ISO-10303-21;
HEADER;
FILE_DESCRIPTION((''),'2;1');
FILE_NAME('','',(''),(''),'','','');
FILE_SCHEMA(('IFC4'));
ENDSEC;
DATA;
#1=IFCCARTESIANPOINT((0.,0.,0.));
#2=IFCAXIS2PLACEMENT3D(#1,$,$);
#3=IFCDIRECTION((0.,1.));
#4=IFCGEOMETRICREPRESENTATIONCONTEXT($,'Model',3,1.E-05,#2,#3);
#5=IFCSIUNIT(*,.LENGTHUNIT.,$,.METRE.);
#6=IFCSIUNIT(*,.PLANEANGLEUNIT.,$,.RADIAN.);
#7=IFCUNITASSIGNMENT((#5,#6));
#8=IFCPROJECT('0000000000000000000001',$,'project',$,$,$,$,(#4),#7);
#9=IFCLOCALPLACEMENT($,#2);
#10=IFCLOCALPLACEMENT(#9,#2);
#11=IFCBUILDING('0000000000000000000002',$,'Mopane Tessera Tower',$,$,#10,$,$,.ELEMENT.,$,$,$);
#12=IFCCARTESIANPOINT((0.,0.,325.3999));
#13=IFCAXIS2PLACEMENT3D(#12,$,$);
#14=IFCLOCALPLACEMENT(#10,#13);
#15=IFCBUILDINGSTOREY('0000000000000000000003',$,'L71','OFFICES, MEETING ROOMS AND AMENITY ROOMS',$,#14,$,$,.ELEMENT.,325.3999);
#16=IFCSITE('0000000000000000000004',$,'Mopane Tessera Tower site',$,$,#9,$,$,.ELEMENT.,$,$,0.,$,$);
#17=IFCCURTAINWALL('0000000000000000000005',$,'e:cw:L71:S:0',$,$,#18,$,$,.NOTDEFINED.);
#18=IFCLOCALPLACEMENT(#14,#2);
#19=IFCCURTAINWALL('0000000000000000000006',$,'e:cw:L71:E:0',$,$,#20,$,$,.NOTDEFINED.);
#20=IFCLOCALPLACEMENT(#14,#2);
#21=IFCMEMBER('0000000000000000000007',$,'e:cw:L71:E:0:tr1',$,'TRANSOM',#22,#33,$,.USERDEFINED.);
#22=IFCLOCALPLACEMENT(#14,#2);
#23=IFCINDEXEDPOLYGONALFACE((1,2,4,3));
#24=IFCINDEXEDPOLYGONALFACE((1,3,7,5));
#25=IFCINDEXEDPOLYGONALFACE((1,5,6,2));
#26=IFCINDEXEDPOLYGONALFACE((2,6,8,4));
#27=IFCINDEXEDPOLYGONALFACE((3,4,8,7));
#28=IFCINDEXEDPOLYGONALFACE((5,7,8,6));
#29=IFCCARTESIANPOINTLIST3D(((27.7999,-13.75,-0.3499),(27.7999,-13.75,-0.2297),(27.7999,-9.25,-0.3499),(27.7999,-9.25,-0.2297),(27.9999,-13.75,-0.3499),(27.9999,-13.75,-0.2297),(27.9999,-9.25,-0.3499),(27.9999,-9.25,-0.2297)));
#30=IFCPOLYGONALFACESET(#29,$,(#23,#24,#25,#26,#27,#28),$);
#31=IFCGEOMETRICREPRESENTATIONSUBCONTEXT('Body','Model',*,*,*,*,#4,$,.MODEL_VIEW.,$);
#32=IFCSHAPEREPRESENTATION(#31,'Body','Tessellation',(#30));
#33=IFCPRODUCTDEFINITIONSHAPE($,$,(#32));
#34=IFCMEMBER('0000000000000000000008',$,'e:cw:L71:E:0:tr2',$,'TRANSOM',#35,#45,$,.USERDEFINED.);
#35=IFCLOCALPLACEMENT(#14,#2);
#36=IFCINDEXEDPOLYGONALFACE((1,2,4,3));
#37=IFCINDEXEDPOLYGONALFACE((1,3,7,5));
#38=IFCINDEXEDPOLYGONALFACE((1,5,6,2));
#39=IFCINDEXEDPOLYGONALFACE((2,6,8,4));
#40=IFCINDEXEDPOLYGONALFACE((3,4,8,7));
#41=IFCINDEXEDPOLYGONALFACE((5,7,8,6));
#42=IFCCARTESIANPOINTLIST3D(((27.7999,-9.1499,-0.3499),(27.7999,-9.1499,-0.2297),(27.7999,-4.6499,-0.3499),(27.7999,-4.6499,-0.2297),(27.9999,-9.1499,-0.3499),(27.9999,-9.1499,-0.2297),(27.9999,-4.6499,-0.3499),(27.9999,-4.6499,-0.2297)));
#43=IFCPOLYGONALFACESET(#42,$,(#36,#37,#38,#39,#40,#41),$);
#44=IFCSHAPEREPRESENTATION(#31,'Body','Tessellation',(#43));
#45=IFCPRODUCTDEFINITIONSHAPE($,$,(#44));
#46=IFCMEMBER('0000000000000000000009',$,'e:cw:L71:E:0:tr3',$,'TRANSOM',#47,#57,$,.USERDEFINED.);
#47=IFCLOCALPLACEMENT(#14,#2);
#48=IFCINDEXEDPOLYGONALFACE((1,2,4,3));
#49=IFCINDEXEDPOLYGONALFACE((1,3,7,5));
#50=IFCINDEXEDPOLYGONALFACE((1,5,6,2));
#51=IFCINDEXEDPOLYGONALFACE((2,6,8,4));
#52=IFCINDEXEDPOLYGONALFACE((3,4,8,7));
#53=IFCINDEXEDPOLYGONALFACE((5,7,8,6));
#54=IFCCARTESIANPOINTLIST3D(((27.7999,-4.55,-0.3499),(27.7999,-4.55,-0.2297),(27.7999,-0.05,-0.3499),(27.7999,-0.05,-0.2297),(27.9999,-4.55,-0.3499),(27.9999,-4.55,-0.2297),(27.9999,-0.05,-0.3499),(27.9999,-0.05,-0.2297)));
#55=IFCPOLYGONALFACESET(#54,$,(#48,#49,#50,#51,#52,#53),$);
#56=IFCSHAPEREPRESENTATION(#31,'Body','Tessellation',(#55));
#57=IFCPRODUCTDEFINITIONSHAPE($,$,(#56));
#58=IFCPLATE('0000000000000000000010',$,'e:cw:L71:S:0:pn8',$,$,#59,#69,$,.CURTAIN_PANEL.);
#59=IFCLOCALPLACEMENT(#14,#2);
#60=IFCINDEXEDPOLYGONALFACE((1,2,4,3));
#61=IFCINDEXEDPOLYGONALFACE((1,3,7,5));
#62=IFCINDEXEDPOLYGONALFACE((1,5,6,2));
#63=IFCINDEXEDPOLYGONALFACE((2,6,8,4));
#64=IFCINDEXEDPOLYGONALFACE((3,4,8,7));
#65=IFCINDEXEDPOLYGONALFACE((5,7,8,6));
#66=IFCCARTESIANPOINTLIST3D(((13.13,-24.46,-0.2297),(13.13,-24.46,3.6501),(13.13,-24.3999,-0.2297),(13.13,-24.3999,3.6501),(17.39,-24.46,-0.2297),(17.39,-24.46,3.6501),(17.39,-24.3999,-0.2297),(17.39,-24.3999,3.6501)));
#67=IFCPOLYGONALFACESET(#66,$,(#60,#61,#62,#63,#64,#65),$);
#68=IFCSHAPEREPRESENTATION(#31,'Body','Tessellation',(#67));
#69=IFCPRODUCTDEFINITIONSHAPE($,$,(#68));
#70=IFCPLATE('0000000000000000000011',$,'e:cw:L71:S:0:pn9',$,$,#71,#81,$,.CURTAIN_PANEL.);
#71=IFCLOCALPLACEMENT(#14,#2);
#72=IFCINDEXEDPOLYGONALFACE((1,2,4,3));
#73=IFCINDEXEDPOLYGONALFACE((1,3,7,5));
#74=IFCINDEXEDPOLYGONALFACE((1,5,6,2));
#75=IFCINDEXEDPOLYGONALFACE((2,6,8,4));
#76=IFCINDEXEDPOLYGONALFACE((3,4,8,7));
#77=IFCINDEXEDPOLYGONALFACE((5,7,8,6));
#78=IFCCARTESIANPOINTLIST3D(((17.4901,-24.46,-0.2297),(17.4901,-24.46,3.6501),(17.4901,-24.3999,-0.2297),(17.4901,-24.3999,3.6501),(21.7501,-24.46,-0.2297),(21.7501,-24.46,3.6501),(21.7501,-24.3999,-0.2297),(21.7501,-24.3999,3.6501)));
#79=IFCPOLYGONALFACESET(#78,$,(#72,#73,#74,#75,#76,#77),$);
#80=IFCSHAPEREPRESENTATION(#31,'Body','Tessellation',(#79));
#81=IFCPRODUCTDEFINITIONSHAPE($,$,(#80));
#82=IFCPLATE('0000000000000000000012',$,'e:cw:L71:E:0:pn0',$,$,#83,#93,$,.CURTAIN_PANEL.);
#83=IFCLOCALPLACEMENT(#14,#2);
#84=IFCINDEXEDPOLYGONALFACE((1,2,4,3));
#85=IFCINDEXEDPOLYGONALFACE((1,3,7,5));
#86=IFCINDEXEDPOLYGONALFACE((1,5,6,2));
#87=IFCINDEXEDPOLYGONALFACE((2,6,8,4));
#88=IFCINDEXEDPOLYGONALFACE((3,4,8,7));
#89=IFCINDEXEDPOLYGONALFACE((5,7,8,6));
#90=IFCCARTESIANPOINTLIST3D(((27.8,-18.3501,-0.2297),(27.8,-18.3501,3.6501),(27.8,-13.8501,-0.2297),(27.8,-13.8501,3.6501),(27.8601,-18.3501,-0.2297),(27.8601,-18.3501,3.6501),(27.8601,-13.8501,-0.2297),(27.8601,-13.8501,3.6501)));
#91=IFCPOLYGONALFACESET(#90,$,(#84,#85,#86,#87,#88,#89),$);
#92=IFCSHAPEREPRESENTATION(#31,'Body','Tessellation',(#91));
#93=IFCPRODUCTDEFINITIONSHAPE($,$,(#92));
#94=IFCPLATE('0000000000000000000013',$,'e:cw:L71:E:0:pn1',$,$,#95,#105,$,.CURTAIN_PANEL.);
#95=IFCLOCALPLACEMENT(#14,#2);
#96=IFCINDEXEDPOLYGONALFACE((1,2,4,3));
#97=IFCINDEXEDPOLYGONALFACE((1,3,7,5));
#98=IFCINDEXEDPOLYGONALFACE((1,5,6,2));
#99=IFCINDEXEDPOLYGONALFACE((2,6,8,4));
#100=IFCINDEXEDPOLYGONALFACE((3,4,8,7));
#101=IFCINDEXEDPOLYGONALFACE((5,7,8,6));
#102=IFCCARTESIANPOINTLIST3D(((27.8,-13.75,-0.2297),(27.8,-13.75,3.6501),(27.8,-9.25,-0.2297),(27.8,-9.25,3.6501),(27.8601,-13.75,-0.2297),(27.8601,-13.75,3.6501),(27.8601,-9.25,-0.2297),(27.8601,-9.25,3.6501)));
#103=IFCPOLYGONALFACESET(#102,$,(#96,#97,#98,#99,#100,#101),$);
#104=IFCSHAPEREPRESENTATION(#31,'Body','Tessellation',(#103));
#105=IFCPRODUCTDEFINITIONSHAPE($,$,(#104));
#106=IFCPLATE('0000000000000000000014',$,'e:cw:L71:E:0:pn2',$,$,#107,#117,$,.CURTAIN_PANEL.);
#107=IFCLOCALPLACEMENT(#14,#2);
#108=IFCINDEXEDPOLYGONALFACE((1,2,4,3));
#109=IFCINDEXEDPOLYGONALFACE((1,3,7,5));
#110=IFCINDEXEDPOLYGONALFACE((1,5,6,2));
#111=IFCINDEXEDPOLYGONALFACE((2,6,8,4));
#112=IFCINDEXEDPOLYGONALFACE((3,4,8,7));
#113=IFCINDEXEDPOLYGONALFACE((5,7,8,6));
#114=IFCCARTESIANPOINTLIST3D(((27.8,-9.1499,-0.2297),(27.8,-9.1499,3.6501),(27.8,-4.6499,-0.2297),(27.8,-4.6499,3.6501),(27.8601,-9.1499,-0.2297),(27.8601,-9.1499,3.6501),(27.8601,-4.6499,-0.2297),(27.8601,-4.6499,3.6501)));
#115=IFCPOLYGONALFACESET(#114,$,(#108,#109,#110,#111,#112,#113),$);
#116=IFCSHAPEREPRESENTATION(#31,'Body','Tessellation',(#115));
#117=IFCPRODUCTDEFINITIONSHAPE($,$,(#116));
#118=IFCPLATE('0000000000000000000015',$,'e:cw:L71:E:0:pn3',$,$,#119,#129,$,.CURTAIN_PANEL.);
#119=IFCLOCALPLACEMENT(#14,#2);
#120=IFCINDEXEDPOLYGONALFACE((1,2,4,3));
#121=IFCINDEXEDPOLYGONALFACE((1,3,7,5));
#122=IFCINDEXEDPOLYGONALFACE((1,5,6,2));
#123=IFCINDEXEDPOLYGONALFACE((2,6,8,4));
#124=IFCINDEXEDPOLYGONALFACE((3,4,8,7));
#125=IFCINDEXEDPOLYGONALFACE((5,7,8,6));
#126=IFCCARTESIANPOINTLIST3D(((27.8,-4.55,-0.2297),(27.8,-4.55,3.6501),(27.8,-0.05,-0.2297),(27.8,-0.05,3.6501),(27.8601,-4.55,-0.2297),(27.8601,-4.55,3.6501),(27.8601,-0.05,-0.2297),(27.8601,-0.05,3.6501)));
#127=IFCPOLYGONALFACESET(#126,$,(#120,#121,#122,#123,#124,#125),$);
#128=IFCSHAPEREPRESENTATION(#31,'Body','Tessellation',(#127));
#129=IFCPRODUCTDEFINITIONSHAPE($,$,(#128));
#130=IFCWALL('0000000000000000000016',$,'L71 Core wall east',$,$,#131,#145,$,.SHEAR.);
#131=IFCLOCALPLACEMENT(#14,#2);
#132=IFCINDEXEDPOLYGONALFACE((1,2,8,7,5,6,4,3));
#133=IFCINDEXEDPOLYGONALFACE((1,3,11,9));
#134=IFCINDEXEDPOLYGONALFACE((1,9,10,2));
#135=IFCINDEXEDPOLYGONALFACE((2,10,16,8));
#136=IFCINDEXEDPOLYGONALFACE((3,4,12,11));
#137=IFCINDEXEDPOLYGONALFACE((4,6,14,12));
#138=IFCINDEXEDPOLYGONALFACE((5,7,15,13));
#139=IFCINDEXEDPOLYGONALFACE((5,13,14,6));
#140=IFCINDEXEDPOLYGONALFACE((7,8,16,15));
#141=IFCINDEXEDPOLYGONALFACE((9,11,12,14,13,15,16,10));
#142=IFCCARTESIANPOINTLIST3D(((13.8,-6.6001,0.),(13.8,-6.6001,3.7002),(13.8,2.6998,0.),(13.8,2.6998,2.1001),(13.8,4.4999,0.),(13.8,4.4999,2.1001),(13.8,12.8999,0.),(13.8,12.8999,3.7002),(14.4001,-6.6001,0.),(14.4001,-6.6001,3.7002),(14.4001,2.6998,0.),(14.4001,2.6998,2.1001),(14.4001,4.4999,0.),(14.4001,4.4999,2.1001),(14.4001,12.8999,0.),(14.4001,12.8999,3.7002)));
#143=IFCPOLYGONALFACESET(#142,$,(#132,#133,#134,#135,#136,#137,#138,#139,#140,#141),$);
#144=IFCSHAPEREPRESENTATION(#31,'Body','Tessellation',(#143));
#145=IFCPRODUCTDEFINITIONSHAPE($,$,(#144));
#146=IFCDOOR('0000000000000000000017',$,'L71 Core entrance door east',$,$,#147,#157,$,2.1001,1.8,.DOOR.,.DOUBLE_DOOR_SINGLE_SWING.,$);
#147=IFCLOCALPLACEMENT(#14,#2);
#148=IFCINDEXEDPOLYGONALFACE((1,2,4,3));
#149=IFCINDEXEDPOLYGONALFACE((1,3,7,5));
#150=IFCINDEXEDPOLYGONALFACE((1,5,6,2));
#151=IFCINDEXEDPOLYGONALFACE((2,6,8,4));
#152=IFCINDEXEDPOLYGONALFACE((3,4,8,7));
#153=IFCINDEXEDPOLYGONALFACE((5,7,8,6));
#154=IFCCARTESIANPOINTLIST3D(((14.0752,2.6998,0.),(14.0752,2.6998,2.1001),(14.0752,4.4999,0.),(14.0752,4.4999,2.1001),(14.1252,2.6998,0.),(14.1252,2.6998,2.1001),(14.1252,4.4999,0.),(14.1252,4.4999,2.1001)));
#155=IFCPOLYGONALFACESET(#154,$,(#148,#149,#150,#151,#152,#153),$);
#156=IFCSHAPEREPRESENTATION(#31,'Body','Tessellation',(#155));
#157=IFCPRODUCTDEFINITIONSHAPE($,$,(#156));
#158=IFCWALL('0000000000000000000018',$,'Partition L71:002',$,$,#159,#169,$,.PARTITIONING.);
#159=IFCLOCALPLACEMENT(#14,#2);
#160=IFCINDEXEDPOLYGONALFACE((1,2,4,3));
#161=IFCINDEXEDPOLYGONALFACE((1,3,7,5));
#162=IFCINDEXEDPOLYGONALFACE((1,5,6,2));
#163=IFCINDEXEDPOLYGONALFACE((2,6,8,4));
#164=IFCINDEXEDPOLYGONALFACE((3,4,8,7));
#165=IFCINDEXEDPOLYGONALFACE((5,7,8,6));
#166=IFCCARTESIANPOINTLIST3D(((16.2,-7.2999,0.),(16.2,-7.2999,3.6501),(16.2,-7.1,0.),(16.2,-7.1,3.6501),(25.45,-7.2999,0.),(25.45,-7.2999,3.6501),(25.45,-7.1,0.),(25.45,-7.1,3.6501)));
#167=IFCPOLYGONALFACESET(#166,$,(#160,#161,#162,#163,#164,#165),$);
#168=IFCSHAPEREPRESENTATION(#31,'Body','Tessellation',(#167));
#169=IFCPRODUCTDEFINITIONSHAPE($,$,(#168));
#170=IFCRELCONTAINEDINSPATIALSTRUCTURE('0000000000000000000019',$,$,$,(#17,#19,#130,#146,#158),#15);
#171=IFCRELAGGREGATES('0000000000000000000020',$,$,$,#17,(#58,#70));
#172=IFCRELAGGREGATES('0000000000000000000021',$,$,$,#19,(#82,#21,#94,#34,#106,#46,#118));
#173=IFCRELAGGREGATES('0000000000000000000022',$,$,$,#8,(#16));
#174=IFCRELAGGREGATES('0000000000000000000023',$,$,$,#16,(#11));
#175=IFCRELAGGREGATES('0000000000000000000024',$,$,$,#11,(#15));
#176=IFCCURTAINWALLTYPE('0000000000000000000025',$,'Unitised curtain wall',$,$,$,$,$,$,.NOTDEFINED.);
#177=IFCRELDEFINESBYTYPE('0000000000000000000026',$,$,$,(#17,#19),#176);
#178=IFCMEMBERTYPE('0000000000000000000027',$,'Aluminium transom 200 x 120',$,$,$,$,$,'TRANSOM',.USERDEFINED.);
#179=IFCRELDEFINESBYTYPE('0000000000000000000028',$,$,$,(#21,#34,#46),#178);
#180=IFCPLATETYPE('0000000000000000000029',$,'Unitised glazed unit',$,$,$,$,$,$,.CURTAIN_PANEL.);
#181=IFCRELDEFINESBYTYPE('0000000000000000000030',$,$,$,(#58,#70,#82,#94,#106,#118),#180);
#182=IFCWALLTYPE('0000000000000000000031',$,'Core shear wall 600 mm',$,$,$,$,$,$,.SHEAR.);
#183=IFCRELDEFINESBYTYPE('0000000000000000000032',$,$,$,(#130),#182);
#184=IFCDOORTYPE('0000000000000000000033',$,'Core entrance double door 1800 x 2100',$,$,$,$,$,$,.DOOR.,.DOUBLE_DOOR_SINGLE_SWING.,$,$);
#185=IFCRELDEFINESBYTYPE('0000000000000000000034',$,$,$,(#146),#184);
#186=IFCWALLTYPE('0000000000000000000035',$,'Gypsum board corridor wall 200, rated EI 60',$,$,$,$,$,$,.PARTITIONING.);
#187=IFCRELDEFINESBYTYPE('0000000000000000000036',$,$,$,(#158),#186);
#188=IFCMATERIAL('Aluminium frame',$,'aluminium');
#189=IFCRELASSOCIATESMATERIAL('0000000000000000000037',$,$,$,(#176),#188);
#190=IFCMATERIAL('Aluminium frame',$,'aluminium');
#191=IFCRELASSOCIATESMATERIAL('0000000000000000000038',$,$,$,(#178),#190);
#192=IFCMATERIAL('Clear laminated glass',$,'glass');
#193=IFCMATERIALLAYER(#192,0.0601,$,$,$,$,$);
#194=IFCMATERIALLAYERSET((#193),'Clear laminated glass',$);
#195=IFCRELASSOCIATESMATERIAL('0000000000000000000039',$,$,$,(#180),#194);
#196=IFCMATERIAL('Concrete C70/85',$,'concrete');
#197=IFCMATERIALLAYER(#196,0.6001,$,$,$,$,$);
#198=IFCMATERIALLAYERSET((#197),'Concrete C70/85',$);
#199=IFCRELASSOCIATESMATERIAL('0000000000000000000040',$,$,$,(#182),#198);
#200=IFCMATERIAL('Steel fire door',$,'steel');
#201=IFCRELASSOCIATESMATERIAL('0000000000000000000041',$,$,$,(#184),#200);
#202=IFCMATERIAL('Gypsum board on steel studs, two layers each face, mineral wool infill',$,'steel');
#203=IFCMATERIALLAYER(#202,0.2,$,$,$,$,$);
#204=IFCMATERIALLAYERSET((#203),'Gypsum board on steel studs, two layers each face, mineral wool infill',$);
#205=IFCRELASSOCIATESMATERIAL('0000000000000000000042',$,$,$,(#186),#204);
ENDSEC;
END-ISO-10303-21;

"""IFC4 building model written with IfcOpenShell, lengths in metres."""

from ifc_helpers import new_model, si_unit, direction, frame, frame_2d, origin, origin_2d, place, context, subcontext, project, spatial, rectangle, extrude, material, layer, layer_set, material_profile, profile_set, type_object, element, fill, aggregate, save


model = new_model("IFC4")

# Units and contexts
model_context = context("Model", 3, precision=1e-05, world=origin(), true_north=direction((0.0, 1.0)))
body_context = subcontext(model_context, "Body", "Model", "MODEL_VIEW")
ifc_project = project(units=[si_unit("LENGTHUNIT", "METRE"), si_unit("PLANEANGLEUNIT", "RADIAN")], contexts=[model_context])

# Site, building, storey
site_placement = place(None, origin())
site = spatial("IfcSite", under=ifc_project, at=site_placement, Name="Mopane Tessera Tower site", CompositionType="ELEMENT", RefElevation=0.0)
building_placement = place(site_placement, origin())
building = spatial("IfcBuilding", under=site, at=building_placement, Name="Mopane Tessera Tower", CompositionType="ELEMENT")
storey_placement = place(building_placement, frame((0.0, 0.0, 325.3999)))
storey = spatial("IfcBuildingStorey", under=building, at=storey_placement, Name="L71", Description="OFFICES, MEETING ROOMS AND AMENITY ROOMS", CompositionType="ELEMENT", Elevation=325.3999)

# Curtain walls
ifc_material_1 = material(Name="Aluminium frame", Category="aluminium")
curtain_wall_type = type_object("IfcCurtainWallType", Name="Unitised curtain wall", PredefinedType="NOTDEFINED", material=ifc_material_1)
curtain_wall_1_placement = place(storey_placement, origin())
curtain_wall_1 = element("IfcCurtainWall", 1, at=curtain_wall_1_placement, inside=storey, type_object=curtain_wall_type, Name="e:cw:L71:S:0", PredefinedType="NOTDEFINED")
curtain_wall_2_placement = place(storey_placement, origin())
curtain_wall_2 = element("IfcCurtainWall", 2, at=curtain_wall_2_placement, inside=storey, type_object=curtain_wall_type, Name="e:cw:L71:E:0", PredefinedType="NOTDEFINED")

# Members
ifc_material_2 = material(Name="Aluminium frame", Category="aluminium")
ifc_material_profile_1 = material_profile(ifc_material_2, rectangle(XDim=0.2, YDim=0.1201, at=origin_2d()))
ifc_profile_set_1 = profile_set([ifc_material_profile_1], Name="Aluminium frame")
member_type_1 = type_object("IfcMemberType", Name="Aluminium transom 200 x 120", ElementType="TRANSOM", PredefinedType="USERDEFINED", material=ifc_profile_set_1)
member_1_placement = place(storey_placement, frame((27.8999, -13.75, -0.2898), z_axis=(0.0, 1.0, 0.0), x_axis=(-1.0, 0.0, 0.0)))
member_1 = element("IfcMember", 3, at=member_1_placement, type_object=member_type_1, Name="e:cw:L71:E:0:tr1", ObjectType="TRANSOM", PredefinedType="USERDEFINED", context=body_context, shape_type="SweptSolid", body=[
    extrude(rectangle(XDim=0.2, YDim=0.1201, at=origin_2d()), origin(), (0.0, 0.0, 1.0), 4.5),
])
member_2_placement = place(storey_placement, frame((27.8999, -9.1499, -0.2898), z_axis=(0.0, 1.0, 0.0), x_axis=(-1.0, 0.0, 0.0)))
member_2 = element("IfcMember", 4, at=member_2_placement, type_object=member_type_1, Name="e:cw:L71:E:0:tr2", ObjectType="TRANSOM", PredefinedType="USERDEFINED", context=body_context, shape_type="SweptSolid", body=[
    extrude(rectangle(XDim=0.2, YDim=0.1201, at=origin_2d()), origin(), (0.0, 0.0, 1.0), 4.5),
])
member_3_placement = place(storey_placement, frame((27.8999, -4.55, -0.2898), z_axis=(0.0, 1.0, 0.0), x_axis=(-1.0, 0.0, 0.0)))
member_3 = element("IfcMember", 5, at=member_3_placement, type_object=member_type_1, Name="e:cw:L71:E:0:tr3", ObjectType="TRANSOM", PredefinedType="USERDEFINED", context=body_context, shape_type="SweptSolid", body=[
    extrude(rectangle(XDim=0.2, YDim=0.1201, at=origin_2d()), origin(), (0.0, 0.0, 1.0), 4.5),
])

# Plates
ifc_material_3 = material(Name="Clear laminated glass", Category="glass")
ifc_layer_1 = layer(ifc_material_3, 0.0601)
ifc_layer_set_1 = layer_set([ifc_layer_1], Name="Clear laminated glass")
plate_type = type_object("IfcPlateType", Name="Unitised glazed unit", PredefinedType="CURTAIN_PANEL", material=ifc_layer_set_1)
plate_1_placement = place(storey_placement, frame((15.26, -24.4299, -0.2297), z_axis=(0.0, 0.0, 1.0), x_axis=(1.0, 0.0, 0.0)))
plate_1 = element("IfcPlate", 6, at=plate_1_placement, type_object=plate_type, Name="e:cw:L71:S:0:pn8", PredefinedType="CURTAIN_PANEL", context=body_context, shape_type="SweptSolid", body=[
    extrude(rectangle(XDim=4.26, YDim=0.0601, at=origin_2d()), origin(), (0.0, 0.0, 1.0), 3.8799),
])
plate_2_placement = place(storey_placement, frame((19.6201, -24.4299, -0.2297), z_axis=(0.0, 0.0, 1.0), x_axis=(1.0, 0.0, 0.0)))
plate_2 = element("IfcPlate", 7, at=plate_2_placement, type_object=plate_type, Name="e:cw:L71:S:0:pn9", PredefinedType="CURTAIN_PANEL", context=body_context, shape_type="SweptSolid", body=[
    extrude(rectangle(XDim=4.26, YDim=0.0601, at=origin_2d()), origin(), (0.0, 0.0, 1.0), 3.8799),
])
aggregate(curtain_wall_1, [plate_1, plate_2])
plate_3_placement = place(storey_placement, frame((27.8301, -16.1001, -0.2297), z_axis=(0.0, 0.0, 1.0), x_axis=(0.0, 1.0, 0.0)))
plate_3 = element("IfcPlate", 8, at=plate_3_placement, type_object=plate_type, Name="e:cw:L71:E:0:pn0", PredefinedType="CURTAIN_PANEL", context=body_context, shape_type="SweptSolid", body=[
    extrude(rectangle(XDim=4.5, YDim=0.0601, at=origin_2d()), origin(), (0.0, 0.0, 1.0), 3.8799),
])
plate_4_placement = place(storey_placement, frame((27.8301, -11.5, -0.2297), z_axis=(0.0, 0.0, 1.0), x_axis=(0.0, 1.0, 0.0)))
plate_4 = element("IfcPlate", 9, at=plate_4_placement, type_object=plate_type, Name="e:cw:L71:E:0:pn1", PredefinedType="CURTAIN_PANEL", context=body_context, shape_type="SweptSolid", body=[
    extrude(rectangle(XDim=4.5, YDim=0.0601, at=origin_2d()), origin(), (0.0, 0.0, 1.0), 3.8799),
])
plate_5_placement = place(storey_placement, frame((27.8301, -6.8999, -0.2297), z_axis=(0.0, 0.0, 1.0), x_axis=(0.0, 1.0, 0.0)))
plate_5 = element("IfcPlate", 10, at=plate_5_placement, type_object=plate_type, Name="e:cw:L71:E:0:pn2", PredefinedType="CURTAIN_PANEL", context=body_context, shape_type="SweptSolid", body=[
    extrude(rectangle(XDim=4.5, YDim=0.0601, at=origin_2d()), origin(), (0.0, 0.0, 1.0), 3.8799),
])
plate_6_placement = place(storey_placement, frame((27.8301, -2.3, -0.2297), z_axis=(0.0, 0.0, 1.0), x_axis=(0.0, 1.0, 0.0)))
plate_6 = element("IfcPlate", 11, at=plate_6_placement, type_object=plate_type, Name="e:cw:L71:E:0:pn3", PredefinedType="CURTAIN_PANEL", context=body_context, shape_type="SweptSolid", body=[
    extrude(rectangle(XDim=4.5, YDim=0.0601, at=origin_2d()), origin(), (0.0, 0.0, 1.0), 3.8799),
])
aggregate(curtain_wall_2, [plate_3, member_1, plate_4, member_2, plate_5, member_3, plate_6])

# Wall, opening, door
ifc_material_4 = material(Name="Concrete C70/85", Category="concrete")
ifc_layer_2 = layer(ifc_material_4, 0.6001)
ifc_layer_set_2 = layer_set([ifc_layer_2], Name="Concrete C70/85")
wall_type_1 = type_object("IfcWallType", Name="Core shear wall 600 mm", PredefinedType="SHEAR", material=ifc_layer_set_2)
wall_1_placement = place(storey_placement, frame((14.1001, -6.6001, 0.0), z_axis=(0.0, 0.0, 1.0), x_axis=(0.0, 1.0, 0.0)))
wall_1 = element("IfcWall", 12, at=wall_1_placement, inside=storey, type_object=wall_type_1, Name="L71 Core wall east", PredefinedType="SHEAR", context=body_context, shape_type="SweptSolid", body=[
    extrude(rectangle(XDim=19.5, YDim=0.6001, at=frame_2d((9.75, 0.0))), origin(), (0.0, 0.0, 1.0), 3.7002),
])
opening_1_placement = place(wall_1_placement, frame((9.3, 0.0, 0.0)))
opening_1 = element("IfcOpeningElement", 13, at=opening_1_placement, cuts=wall_1, PredefinedType="OPENING", context=body_context, shape_type="SweptSolid", body=[
    extrude(rectangle(XDim=1.8, YDim=2.1001, at=frame_2d((0.8999, 1.05))), frame((0.0, 0.312, 0.0), z_axis=(0.0, -1.0, 0.0), x_axis=(1.0, 0.0, 0.0)), (0.0, 0.0, 1.0), 0.624),
])
ifc_material_5 = material(Name="Steel fire door", Category="steel")
door_type_1 = type_object("IfcDoorType", Name="Core entrance double door 1800 x 2100", OperationType="DOUBLE_DOOR_SINGLE_SWING", PredefinedType="DOOR", material=ifc_material_5)
door_1_placement = place(opening_1_placement, origin())
door_1 = element("IfcDoor", 14, at=door_1_placement, inside=storey, type_object=door_type_1, Name="L71 Core entrance door east", OperationType="DOUBLE_DOOR_SINGLE_SWING", OverallHeight=2.1001, OverallWidth=1.8, PredefinedType="DOOR", context=body_context, shape_type="SweptSolid", body=[
    extrude(rectangle(XDim=1.8, YDim=2.1001, at=frame_2d((0.8999, 1.05))), frame((0.0, 0.0249, 0.0), z_axis=(0.0, -1.0, 0.0), x_axis=(1.0, 0.0, 0.0)), (0.0, 0.0, 1.0), 0.05),
])
fill(opening_1, door_1)

# Wall
ifc_material_6 = material(Name="Gypsum board on steel studs, two layers each face, mineral wool infill", Category="steel")
ifc_layer_3 = layer(ifc_material_6, 0.2)
ifc_layer_set_3 = layer_set([ifc_layer_3], Name="Gypsum board on steel studs, two layers each face, mineral wool infill")
wall_type_2 = type_object("IfcWallType", Name="Gypsum board corridor wall 200, rated EI 60", PredefinedType="PARTITIONING", material=ifc_layer_set_3)
wall_2_placement = place(storey_placement, frame((16.2, -7.2, 0.0), z_axis=(0.0, 0.0, 1.0), x_axis=(1.0, 0.0, 0.0)))
element("IfcWall", 15, at=wall_2_placement, inside=storey, type_object=wall_type_2, Name="Partition L71:002", PredefinedType="PARTITIONING", context=body_context, shape_type="SweptSolid", body=[
    extrude(rectangle(XDim=9.25, YDim=0.2, at=frame_2d((4.625, 0.0))), origin(), (0.0, 0.0, 1.0), 3.6501),
])

save(model, "model.ifc")
